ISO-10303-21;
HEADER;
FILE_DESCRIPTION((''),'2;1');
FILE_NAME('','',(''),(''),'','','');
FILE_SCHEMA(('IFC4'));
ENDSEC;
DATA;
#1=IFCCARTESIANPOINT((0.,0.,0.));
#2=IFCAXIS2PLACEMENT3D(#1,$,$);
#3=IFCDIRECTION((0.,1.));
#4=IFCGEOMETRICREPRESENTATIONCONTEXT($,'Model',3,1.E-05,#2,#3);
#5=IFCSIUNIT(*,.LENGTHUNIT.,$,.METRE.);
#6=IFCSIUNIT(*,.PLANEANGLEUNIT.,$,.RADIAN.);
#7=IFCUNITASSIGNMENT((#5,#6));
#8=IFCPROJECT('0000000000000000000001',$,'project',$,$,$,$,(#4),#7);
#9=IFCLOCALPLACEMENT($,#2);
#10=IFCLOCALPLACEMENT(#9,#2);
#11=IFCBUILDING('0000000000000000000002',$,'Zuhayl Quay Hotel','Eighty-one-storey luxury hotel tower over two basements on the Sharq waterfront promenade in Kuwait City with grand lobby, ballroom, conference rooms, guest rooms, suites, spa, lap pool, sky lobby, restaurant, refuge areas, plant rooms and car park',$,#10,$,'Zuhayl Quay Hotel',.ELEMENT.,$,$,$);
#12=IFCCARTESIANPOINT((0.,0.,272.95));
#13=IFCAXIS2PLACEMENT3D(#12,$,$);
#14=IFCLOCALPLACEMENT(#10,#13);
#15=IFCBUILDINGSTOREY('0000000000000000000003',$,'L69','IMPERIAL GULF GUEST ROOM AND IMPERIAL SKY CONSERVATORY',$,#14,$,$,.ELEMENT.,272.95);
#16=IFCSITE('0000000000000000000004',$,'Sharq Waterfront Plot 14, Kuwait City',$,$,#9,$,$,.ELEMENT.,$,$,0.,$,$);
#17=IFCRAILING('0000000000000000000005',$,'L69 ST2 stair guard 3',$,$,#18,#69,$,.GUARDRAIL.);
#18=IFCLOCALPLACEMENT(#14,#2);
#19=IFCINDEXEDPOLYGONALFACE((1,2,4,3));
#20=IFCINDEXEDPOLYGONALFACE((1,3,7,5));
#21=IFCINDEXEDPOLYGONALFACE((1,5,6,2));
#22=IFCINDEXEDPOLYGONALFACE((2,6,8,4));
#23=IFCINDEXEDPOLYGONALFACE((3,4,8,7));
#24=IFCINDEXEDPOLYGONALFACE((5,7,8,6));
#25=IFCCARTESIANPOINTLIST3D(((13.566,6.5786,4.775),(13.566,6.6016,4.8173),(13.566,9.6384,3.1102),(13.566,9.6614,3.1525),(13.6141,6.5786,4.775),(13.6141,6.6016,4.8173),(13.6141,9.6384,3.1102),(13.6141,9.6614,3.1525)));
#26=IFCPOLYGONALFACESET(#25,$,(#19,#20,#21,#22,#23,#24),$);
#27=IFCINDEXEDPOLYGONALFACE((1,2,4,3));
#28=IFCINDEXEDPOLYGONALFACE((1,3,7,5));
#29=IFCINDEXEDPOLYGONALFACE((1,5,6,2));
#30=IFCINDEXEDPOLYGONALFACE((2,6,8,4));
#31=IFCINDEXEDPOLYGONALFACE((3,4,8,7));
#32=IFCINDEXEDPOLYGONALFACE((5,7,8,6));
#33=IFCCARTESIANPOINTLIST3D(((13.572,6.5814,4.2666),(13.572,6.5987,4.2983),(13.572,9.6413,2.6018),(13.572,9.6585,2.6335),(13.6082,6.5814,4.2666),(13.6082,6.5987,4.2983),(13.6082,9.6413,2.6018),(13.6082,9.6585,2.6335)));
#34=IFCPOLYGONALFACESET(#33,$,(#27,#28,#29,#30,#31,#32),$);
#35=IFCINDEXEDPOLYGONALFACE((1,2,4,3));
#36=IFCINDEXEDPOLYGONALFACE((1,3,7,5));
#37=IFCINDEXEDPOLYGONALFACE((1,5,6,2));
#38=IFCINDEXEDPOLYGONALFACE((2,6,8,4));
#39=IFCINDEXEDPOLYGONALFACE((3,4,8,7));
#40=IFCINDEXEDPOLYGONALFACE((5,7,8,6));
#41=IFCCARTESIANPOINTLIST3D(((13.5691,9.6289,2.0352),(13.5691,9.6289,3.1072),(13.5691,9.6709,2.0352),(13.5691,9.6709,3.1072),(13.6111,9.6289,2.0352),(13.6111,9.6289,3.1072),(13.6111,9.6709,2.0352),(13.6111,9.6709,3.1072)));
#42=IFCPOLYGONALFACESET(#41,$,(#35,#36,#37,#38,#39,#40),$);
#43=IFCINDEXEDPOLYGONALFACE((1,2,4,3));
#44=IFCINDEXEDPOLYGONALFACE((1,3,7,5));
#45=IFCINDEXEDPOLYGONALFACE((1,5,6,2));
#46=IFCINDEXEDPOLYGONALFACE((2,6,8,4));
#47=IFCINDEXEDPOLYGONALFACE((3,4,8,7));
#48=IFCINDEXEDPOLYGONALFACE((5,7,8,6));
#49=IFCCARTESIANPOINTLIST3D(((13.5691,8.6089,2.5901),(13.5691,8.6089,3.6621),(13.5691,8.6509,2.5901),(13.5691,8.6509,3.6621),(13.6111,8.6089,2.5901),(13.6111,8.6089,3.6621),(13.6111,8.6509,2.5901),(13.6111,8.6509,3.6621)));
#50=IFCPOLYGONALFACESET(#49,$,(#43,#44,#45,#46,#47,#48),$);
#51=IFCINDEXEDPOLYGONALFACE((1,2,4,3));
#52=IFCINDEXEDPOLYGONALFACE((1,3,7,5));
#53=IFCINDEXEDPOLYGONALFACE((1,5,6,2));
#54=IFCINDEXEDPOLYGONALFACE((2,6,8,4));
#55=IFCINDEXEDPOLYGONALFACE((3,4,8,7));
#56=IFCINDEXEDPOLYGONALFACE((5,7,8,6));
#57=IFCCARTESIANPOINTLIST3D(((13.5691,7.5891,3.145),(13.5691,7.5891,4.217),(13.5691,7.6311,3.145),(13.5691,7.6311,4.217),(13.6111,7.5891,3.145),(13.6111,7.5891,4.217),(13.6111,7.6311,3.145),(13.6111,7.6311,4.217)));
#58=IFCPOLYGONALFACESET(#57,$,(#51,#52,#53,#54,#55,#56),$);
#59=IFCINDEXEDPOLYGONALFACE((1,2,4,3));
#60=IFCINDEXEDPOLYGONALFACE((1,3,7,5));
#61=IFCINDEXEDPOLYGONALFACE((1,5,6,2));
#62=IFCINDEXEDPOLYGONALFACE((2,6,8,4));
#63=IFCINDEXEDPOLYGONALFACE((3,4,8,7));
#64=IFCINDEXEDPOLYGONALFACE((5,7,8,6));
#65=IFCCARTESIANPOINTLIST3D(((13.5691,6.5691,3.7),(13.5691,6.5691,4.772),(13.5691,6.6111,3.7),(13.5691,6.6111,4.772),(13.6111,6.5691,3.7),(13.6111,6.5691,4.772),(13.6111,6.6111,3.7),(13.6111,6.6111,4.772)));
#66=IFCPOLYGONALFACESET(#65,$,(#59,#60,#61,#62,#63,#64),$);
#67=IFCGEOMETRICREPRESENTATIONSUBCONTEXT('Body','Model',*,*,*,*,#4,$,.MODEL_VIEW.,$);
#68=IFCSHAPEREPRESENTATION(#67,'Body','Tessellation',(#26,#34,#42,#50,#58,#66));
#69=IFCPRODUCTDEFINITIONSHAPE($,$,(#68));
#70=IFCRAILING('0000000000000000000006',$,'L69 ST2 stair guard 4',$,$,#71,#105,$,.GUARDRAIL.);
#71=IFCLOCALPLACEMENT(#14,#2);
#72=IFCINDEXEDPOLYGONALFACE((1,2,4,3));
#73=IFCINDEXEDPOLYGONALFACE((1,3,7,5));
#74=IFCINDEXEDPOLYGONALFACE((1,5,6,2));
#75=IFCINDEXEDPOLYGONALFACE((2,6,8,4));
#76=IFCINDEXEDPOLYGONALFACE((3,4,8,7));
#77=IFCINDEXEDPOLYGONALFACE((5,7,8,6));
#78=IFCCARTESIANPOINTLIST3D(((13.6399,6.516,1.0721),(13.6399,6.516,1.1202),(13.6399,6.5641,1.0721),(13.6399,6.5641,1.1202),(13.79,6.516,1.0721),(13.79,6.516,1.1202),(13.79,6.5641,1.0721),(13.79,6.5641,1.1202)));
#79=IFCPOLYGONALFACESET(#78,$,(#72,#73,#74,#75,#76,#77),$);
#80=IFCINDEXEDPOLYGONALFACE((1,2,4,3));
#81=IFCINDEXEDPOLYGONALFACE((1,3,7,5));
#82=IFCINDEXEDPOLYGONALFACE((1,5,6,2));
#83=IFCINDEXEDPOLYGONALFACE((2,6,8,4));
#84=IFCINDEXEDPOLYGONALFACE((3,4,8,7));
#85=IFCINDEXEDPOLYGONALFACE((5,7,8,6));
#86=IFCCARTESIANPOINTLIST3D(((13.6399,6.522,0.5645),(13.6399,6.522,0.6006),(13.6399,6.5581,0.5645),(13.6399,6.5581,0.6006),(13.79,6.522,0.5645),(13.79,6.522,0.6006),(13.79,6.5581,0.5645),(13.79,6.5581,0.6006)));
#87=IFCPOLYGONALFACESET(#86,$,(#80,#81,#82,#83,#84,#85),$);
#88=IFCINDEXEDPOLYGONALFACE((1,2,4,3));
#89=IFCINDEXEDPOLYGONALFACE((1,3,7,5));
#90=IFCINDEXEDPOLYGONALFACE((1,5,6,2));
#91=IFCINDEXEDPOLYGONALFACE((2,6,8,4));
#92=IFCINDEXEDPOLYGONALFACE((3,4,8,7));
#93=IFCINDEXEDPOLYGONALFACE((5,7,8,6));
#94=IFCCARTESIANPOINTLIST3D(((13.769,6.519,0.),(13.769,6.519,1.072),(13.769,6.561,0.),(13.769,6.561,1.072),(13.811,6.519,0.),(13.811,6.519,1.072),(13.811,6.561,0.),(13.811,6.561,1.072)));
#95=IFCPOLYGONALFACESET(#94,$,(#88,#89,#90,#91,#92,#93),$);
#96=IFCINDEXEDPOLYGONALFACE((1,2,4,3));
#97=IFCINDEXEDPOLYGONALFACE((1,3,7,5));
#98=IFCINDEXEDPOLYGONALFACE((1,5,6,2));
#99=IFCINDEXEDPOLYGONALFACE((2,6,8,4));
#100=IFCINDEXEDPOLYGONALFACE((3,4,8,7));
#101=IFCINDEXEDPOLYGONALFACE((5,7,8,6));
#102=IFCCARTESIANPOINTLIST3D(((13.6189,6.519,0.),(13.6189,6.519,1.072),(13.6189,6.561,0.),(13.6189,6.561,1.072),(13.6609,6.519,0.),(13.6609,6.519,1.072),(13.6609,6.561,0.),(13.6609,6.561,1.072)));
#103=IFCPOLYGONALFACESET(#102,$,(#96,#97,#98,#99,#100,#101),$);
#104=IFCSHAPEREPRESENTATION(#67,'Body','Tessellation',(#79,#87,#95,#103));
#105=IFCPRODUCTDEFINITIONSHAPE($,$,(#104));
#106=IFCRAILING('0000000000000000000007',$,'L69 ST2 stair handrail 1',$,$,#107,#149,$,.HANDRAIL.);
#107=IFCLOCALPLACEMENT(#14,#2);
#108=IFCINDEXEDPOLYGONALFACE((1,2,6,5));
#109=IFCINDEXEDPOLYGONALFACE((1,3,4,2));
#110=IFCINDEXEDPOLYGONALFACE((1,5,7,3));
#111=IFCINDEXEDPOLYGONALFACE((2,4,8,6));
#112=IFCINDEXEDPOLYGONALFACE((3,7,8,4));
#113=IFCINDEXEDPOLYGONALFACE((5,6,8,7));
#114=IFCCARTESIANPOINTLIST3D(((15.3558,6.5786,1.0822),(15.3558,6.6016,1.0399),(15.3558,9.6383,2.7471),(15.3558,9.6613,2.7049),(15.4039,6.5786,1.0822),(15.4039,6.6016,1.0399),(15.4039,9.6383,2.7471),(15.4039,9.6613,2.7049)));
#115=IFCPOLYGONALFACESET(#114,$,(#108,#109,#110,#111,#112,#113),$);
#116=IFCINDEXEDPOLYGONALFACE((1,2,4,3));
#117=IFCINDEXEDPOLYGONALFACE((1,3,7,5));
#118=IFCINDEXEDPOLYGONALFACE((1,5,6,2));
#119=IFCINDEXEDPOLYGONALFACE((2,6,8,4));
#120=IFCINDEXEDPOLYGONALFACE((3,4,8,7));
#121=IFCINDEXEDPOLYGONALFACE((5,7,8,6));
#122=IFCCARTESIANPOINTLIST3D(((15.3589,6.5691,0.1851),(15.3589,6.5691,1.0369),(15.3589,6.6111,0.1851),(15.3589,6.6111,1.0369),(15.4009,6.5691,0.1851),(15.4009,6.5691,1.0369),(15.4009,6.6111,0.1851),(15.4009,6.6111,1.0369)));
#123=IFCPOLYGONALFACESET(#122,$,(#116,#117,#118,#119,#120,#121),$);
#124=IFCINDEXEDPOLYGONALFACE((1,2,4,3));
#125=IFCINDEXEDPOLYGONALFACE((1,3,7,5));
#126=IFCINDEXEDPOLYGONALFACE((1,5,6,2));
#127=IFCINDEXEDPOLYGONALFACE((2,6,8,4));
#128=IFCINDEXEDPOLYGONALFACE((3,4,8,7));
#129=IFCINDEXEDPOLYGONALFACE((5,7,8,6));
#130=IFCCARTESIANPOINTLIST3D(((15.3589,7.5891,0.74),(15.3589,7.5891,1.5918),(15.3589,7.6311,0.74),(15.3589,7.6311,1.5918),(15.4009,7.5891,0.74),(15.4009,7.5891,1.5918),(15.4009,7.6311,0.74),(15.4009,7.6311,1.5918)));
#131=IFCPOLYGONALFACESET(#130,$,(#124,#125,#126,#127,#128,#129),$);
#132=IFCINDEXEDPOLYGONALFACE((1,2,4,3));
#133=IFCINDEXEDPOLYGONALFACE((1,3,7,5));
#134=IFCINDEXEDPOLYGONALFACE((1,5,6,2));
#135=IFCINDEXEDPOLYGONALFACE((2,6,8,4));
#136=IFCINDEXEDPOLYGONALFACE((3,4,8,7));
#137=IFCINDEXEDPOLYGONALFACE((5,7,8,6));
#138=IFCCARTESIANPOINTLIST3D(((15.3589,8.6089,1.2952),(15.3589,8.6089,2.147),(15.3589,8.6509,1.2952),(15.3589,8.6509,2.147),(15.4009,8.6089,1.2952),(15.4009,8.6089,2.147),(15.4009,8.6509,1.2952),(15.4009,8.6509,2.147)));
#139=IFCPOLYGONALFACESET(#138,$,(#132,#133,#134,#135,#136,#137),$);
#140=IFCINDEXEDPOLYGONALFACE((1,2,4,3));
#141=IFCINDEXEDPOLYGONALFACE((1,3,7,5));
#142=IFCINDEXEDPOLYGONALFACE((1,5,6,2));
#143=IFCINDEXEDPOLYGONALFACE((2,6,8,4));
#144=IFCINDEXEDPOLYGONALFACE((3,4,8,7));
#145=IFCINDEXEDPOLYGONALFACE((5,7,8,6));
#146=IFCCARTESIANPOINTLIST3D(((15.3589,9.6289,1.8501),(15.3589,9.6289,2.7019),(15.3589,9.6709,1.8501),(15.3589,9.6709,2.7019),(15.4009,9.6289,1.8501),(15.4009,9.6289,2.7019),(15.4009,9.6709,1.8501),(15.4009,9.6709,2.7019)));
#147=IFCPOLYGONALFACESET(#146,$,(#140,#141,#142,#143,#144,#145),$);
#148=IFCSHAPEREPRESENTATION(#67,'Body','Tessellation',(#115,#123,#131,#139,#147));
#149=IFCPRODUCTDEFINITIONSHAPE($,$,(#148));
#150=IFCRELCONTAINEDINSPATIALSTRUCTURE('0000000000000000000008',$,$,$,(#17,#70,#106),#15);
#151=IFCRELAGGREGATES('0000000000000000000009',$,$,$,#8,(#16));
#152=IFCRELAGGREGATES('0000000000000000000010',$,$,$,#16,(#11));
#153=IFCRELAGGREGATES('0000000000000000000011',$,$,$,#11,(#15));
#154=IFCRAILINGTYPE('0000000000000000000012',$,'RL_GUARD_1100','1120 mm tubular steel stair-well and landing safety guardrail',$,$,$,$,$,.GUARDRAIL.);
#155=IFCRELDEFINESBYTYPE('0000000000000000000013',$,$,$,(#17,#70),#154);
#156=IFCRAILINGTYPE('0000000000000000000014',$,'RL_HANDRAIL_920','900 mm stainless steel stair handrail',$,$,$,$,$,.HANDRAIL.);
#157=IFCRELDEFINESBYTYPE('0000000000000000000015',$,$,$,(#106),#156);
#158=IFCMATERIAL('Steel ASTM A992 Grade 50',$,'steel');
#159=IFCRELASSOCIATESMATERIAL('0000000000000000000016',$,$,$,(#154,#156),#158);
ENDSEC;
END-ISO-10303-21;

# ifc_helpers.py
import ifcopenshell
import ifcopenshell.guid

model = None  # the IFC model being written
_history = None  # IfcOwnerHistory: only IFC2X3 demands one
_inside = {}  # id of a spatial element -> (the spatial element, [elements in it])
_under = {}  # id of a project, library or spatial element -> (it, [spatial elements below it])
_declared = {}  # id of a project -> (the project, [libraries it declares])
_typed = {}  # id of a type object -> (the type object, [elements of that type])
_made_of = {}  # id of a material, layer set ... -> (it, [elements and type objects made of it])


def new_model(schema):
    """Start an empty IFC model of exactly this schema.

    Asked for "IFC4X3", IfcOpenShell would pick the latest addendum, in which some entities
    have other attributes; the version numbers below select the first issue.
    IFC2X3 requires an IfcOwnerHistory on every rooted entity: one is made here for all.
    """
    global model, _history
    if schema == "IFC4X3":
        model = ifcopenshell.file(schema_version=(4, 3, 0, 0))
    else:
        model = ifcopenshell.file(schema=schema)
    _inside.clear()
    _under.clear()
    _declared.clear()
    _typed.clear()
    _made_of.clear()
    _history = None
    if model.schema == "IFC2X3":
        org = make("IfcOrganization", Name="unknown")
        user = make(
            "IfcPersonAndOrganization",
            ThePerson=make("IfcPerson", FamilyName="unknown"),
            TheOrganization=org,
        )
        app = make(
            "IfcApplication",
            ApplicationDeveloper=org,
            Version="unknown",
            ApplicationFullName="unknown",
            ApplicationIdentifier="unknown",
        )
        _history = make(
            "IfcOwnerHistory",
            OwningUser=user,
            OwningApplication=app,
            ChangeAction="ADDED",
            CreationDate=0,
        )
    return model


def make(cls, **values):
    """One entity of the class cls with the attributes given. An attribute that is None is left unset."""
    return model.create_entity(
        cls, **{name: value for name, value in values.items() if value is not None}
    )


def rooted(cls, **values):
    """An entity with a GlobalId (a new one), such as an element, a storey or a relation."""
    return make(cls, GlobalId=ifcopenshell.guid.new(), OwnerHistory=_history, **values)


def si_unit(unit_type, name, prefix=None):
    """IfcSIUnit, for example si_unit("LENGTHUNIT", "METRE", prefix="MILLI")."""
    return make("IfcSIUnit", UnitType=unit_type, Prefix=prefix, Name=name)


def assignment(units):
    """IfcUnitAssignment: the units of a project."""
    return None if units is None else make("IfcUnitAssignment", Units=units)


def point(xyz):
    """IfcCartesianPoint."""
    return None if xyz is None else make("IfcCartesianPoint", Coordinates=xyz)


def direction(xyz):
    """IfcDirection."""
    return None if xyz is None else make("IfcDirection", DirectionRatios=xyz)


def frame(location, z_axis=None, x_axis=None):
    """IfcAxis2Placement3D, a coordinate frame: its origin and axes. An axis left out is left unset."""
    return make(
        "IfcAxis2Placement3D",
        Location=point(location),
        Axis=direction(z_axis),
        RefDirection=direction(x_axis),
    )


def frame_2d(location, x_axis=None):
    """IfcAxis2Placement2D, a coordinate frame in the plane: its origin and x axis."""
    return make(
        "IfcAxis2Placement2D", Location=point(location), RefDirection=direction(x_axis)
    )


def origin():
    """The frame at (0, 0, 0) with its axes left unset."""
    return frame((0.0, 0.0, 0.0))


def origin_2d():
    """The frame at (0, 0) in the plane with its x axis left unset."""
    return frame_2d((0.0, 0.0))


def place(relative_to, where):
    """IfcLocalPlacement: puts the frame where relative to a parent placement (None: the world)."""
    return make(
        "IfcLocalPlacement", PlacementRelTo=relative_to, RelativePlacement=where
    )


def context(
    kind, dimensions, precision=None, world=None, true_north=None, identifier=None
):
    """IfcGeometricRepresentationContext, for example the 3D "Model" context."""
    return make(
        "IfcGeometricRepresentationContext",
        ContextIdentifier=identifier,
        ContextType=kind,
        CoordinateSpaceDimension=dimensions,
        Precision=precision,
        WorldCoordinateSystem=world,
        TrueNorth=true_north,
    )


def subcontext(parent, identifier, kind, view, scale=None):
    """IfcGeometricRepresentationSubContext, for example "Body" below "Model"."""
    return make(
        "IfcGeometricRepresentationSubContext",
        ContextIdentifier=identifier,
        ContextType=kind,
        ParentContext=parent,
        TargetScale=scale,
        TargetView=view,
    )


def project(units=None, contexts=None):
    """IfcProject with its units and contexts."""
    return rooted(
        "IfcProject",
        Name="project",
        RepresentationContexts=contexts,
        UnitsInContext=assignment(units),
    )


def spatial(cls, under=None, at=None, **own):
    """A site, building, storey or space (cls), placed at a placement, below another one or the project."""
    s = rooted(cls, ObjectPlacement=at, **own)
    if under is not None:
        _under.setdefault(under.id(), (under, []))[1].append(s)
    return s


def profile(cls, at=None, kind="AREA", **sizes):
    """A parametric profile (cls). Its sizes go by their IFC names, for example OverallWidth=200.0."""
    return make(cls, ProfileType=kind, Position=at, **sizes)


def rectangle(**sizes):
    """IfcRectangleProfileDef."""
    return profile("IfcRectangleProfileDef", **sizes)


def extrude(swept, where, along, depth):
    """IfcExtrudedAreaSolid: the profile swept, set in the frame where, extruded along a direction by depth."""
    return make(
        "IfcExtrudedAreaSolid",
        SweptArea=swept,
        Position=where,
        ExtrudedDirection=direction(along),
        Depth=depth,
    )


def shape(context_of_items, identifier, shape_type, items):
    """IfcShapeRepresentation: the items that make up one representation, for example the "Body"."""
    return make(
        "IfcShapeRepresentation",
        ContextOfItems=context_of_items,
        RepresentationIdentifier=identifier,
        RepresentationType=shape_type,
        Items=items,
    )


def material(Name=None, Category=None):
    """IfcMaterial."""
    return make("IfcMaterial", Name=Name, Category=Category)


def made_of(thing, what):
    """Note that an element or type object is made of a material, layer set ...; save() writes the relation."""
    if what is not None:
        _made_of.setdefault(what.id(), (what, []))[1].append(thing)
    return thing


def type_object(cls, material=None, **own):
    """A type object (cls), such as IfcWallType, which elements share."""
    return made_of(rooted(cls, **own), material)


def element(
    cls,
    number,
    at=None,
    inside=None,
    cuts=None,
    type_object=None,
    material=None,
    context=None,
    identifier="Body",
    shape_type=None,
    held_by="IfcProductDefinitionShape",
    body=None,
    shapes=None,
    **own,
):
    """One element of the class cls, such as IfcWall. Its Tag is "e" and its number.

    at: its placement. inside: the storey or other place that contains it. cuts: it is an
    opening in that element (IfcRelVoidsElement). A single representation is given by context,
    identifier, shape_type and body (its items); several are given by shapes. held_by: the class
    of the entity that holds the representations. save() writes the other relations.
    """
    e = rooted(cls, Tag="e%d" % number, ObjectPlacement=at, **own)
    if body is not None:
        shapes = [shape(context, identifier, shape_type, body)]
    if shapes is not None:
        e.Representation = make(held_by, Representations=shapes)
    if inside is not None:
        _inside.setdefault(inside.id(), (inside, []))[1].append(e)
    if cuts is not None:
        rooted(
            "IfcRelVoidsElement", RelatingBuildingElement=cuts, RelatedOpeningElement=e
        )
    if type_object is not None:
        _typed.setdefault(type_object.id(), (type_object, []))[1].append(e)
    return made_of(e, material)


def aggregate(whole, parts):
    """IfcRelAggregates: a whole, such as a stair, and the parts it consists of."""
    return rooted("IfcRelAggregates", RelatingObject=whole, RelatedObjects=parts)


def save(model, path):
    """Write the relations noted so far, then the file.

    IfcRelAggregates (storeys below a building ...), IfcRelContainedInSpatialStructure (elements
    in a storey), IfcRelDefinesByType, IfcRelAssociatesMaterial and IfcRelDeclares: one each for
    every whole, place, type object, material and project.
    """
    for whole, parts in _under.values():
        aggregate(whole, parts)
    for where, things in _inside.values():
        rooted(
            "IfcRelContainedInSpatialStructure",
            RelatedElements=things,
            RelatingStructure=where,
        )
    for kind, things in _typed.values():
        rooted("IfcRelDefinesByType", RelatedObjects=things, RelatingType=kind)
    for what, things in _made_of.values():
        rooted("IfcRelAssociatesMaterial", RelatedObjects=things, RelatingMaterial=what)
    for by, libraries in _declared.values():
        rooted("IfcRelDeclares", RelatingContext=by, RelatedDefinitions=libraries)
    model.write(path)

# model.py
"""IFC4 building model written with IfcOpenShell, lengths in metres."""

from ifc_helpers import new_model, si_unit, direction, frame, origin, origin_2d, place, context, subcontext, project, spatial, rectangle, extrude, material, type_object, element, save


model = new_model("IFC4")

# Units and contexts
model_context = context("Model", 3, precision=1e-05, world=origin(), true_north=direction((0.0, 1.0)))
body_context = subcontext(model_context, "Body", "Model", "MODEL_VIEW")
ifc_project = project(units=[si_unit("LENGTHUNIT", "METRE"), si_unit("PLANEANGLEUNIT", "RADIAN")], contexts=[model_context])

# Site, building, storey
site_placement = place(None, origin())
site = spatial("IfcSite", under=ifc_project, at=site_placement, Name="Sharq Waterfront Plot 14, Kuwait City", CompositionType="ELEMENT", RefElevation=0.0)
building_placement = place(site_placement, origin())
building = spatial("IfcBuilding", under=site, at=building_placement, Name="Zuhayl Quay Hotel", Description="Eighty-one-storey luxury hotel tower over two basements on the Sharq waterfront promenade in Kuwait City with grand lobby, ballroom, conference rooms, guest rooms, suites, spa, lap pool, sky lobby, restaurant, refuge areas, plant rooms and car park", LongName="Zuhayl Quay Hotel", CompositionType="ELEMENT")
storey_placement = place(building_placement, frame((0.0, 0.0, 272.95)))
storey = spatial("IfcBuildingStorey", under=building, at=storey_placement, Name="L69", Description="IMPERIAL GULF GUEST ROOM AND IMPERIAL SKY CONSERVATORY", CompositionType="ELEMENT", Elevation=272.95)

# Shared definitions
ifc_material_1 = material(Name="Steel ASTM A992 Grade 50", Category="steel")

# Railings
railing_type_1 = type_object("IfcRailingType", Name="RL_GUARD_1100", Description="1120 mm tubular steel stair-well and landing safety guardrail", PredefinedType="GUARDRAIL", material=ifc_material_1)
railing_1_placement = place(storey_placement, frame((13.5901, 9.6499, 2.0352)))
element("IfcRailing", 1, at=railing_1_placement, inside=storey, type_object=railing_type_1, Name="L69 ST2 stair guard 3", PredefinedType="GUARDRAIL", context=body_context, shape_type="SweptSolid", body=[
    extrude(rectangle(XDim=0.0481, YDim=0.0481, at=origin_2d()), frame((0.0, 0.0, 1.0962), z_axis=(0.0, -0.878401, 0.477924), x_axis=(1.0, 0.0, 0.0)), (0.0, 0.0, 1.0), 3.4834),
    extrude(rectangle(XDim=0.0361, YDim=0.0361, at=origin_2d()), frame((0.0, 0.0, 0.5825), z_axis=(0.0, -0.878401, 0.477924), x_axis=(1.0, 0.0, 0.0)), (0.0, 0.0, 1.0), 3.4834),
    extrude(rectangle(XDim=0.042, YDim=0.042, at=origin_2d()), origin(), (0.0, 0.0, 1.0), 1.072),
    extrude(rectangle(XDim=0.042, YDim=0.042, at=origin_2d()), frame((0.0, -1.02, 0.5549)), (0.0, 0.0, 1.0), 1.072),
    extrude(rectangle(XDim=0.042, YDim=0.042, at=origin_2d()), frame((0.0, -2.0398, 1.1099)), (0.0, 0.0, 1.0), 1.072),
    extrude(rectangle(XDim=0.042, YDim=0.042, at=origin_2d()), frame((0.0, -3.0598, 1.6648)), (0.0, 0.0, 1.0), 1.072),
])
railing_2_placement = place(storey_placement, frame((13.79, 6.54, 0.0)))
element("IfcRailing", 2, at=railing_2_placement, inside=storey, type_object=railing_type_1, Name="L69 ST2 stair guard 4", PredefinedType="GUARDRAIL", context=body_context, shape_type="SweptSolid", body=[
    extrude(rectangle(XDim=0.0481, YDim=0.0481, at=origin_2d()), frame((0.0, 0.0, 1.0962), z_axis=(-1.0, 0.0, 0.0), x_axis=(0.0, -1.0, 0.0)), (0.0, 0.0, 1.0), 0.1501),
    extrude(rectangle(XDim=0.0361, YDim=0.0361, at=origin_2d()), frame((0.0, 0.0, 0.5825), z_axis=(-1.0, 0.0, 0.0), x_axis=(0.0, -1.0, 0.0)), (0.0, 0.0, 1.0), 0.1501),
    extrude(rectangle(XDim=0.042, YDim=0.042, at=origin_2d()), origin(), (0.0, 0.0, 1.0), 1.072),
    extrude(rectangle(XDim=0.042, YDim=0.042, at=origin_2d()), frame((-0.1501, 0.0, 0.0)), (0.0, 0.0, 1.0), 1.072),
])
railing_type_2 = type_object("IfcRailingType", Name="RL_HANDRAIL_920", Description="900 mm stainless steel stair handrail", PredefinedType="HANDRAIL", material=ifc_material_1)
railing_3_placement = place(storey_placement, frame((15.3799, 6.5901, 0.1851)))
element("IfcRailing", 3, at=railing_3_placement, inside=storey, type_object=railing_type_2, Name="L69 ST2 stair handrail 1", PredefinedType="HANDRAIL", context=body_context, shape_type="SweptSolid", body=[
    extrude(rectangle(XDim=0.0481, YDim=0.0481, at=origin_2d()), frame((0.0, 0.0, 0.876), z_axis=(0.0, 0.878372, 0.477978), x_axis=(-1.0, 0.0, 0.0)), (0.0, 0.0, 1.0), 3.4834),
    extrude(rectangle(XDim=0.042, YDim=0.042, at=origin_2d()), origin(), (0.0, 0.0, 1.0), 0.8518),
    extrude(rectangle(XDim=0.042, YDim=0.042, at=origin_2d()), frame((0.0, 1.02, 0.5549)), (0.0, 0.0, 1.0), 0.8518),
    extrude(rectangle(XDim=0.042, YDim=0.042, at=origin_2d()), frame((0.0, 2.0398, 1.1101)), (0.0, 0.0, 1.0), 0.8518),
    extrude(rectangle(XDim=0.042, YDim=0.042, at=origin_2d()), frame((0.0, 3.0598, 1.665)), (0.0, 0.0, 1.0), 0.8518),
])

save(model, "model.ifc")
